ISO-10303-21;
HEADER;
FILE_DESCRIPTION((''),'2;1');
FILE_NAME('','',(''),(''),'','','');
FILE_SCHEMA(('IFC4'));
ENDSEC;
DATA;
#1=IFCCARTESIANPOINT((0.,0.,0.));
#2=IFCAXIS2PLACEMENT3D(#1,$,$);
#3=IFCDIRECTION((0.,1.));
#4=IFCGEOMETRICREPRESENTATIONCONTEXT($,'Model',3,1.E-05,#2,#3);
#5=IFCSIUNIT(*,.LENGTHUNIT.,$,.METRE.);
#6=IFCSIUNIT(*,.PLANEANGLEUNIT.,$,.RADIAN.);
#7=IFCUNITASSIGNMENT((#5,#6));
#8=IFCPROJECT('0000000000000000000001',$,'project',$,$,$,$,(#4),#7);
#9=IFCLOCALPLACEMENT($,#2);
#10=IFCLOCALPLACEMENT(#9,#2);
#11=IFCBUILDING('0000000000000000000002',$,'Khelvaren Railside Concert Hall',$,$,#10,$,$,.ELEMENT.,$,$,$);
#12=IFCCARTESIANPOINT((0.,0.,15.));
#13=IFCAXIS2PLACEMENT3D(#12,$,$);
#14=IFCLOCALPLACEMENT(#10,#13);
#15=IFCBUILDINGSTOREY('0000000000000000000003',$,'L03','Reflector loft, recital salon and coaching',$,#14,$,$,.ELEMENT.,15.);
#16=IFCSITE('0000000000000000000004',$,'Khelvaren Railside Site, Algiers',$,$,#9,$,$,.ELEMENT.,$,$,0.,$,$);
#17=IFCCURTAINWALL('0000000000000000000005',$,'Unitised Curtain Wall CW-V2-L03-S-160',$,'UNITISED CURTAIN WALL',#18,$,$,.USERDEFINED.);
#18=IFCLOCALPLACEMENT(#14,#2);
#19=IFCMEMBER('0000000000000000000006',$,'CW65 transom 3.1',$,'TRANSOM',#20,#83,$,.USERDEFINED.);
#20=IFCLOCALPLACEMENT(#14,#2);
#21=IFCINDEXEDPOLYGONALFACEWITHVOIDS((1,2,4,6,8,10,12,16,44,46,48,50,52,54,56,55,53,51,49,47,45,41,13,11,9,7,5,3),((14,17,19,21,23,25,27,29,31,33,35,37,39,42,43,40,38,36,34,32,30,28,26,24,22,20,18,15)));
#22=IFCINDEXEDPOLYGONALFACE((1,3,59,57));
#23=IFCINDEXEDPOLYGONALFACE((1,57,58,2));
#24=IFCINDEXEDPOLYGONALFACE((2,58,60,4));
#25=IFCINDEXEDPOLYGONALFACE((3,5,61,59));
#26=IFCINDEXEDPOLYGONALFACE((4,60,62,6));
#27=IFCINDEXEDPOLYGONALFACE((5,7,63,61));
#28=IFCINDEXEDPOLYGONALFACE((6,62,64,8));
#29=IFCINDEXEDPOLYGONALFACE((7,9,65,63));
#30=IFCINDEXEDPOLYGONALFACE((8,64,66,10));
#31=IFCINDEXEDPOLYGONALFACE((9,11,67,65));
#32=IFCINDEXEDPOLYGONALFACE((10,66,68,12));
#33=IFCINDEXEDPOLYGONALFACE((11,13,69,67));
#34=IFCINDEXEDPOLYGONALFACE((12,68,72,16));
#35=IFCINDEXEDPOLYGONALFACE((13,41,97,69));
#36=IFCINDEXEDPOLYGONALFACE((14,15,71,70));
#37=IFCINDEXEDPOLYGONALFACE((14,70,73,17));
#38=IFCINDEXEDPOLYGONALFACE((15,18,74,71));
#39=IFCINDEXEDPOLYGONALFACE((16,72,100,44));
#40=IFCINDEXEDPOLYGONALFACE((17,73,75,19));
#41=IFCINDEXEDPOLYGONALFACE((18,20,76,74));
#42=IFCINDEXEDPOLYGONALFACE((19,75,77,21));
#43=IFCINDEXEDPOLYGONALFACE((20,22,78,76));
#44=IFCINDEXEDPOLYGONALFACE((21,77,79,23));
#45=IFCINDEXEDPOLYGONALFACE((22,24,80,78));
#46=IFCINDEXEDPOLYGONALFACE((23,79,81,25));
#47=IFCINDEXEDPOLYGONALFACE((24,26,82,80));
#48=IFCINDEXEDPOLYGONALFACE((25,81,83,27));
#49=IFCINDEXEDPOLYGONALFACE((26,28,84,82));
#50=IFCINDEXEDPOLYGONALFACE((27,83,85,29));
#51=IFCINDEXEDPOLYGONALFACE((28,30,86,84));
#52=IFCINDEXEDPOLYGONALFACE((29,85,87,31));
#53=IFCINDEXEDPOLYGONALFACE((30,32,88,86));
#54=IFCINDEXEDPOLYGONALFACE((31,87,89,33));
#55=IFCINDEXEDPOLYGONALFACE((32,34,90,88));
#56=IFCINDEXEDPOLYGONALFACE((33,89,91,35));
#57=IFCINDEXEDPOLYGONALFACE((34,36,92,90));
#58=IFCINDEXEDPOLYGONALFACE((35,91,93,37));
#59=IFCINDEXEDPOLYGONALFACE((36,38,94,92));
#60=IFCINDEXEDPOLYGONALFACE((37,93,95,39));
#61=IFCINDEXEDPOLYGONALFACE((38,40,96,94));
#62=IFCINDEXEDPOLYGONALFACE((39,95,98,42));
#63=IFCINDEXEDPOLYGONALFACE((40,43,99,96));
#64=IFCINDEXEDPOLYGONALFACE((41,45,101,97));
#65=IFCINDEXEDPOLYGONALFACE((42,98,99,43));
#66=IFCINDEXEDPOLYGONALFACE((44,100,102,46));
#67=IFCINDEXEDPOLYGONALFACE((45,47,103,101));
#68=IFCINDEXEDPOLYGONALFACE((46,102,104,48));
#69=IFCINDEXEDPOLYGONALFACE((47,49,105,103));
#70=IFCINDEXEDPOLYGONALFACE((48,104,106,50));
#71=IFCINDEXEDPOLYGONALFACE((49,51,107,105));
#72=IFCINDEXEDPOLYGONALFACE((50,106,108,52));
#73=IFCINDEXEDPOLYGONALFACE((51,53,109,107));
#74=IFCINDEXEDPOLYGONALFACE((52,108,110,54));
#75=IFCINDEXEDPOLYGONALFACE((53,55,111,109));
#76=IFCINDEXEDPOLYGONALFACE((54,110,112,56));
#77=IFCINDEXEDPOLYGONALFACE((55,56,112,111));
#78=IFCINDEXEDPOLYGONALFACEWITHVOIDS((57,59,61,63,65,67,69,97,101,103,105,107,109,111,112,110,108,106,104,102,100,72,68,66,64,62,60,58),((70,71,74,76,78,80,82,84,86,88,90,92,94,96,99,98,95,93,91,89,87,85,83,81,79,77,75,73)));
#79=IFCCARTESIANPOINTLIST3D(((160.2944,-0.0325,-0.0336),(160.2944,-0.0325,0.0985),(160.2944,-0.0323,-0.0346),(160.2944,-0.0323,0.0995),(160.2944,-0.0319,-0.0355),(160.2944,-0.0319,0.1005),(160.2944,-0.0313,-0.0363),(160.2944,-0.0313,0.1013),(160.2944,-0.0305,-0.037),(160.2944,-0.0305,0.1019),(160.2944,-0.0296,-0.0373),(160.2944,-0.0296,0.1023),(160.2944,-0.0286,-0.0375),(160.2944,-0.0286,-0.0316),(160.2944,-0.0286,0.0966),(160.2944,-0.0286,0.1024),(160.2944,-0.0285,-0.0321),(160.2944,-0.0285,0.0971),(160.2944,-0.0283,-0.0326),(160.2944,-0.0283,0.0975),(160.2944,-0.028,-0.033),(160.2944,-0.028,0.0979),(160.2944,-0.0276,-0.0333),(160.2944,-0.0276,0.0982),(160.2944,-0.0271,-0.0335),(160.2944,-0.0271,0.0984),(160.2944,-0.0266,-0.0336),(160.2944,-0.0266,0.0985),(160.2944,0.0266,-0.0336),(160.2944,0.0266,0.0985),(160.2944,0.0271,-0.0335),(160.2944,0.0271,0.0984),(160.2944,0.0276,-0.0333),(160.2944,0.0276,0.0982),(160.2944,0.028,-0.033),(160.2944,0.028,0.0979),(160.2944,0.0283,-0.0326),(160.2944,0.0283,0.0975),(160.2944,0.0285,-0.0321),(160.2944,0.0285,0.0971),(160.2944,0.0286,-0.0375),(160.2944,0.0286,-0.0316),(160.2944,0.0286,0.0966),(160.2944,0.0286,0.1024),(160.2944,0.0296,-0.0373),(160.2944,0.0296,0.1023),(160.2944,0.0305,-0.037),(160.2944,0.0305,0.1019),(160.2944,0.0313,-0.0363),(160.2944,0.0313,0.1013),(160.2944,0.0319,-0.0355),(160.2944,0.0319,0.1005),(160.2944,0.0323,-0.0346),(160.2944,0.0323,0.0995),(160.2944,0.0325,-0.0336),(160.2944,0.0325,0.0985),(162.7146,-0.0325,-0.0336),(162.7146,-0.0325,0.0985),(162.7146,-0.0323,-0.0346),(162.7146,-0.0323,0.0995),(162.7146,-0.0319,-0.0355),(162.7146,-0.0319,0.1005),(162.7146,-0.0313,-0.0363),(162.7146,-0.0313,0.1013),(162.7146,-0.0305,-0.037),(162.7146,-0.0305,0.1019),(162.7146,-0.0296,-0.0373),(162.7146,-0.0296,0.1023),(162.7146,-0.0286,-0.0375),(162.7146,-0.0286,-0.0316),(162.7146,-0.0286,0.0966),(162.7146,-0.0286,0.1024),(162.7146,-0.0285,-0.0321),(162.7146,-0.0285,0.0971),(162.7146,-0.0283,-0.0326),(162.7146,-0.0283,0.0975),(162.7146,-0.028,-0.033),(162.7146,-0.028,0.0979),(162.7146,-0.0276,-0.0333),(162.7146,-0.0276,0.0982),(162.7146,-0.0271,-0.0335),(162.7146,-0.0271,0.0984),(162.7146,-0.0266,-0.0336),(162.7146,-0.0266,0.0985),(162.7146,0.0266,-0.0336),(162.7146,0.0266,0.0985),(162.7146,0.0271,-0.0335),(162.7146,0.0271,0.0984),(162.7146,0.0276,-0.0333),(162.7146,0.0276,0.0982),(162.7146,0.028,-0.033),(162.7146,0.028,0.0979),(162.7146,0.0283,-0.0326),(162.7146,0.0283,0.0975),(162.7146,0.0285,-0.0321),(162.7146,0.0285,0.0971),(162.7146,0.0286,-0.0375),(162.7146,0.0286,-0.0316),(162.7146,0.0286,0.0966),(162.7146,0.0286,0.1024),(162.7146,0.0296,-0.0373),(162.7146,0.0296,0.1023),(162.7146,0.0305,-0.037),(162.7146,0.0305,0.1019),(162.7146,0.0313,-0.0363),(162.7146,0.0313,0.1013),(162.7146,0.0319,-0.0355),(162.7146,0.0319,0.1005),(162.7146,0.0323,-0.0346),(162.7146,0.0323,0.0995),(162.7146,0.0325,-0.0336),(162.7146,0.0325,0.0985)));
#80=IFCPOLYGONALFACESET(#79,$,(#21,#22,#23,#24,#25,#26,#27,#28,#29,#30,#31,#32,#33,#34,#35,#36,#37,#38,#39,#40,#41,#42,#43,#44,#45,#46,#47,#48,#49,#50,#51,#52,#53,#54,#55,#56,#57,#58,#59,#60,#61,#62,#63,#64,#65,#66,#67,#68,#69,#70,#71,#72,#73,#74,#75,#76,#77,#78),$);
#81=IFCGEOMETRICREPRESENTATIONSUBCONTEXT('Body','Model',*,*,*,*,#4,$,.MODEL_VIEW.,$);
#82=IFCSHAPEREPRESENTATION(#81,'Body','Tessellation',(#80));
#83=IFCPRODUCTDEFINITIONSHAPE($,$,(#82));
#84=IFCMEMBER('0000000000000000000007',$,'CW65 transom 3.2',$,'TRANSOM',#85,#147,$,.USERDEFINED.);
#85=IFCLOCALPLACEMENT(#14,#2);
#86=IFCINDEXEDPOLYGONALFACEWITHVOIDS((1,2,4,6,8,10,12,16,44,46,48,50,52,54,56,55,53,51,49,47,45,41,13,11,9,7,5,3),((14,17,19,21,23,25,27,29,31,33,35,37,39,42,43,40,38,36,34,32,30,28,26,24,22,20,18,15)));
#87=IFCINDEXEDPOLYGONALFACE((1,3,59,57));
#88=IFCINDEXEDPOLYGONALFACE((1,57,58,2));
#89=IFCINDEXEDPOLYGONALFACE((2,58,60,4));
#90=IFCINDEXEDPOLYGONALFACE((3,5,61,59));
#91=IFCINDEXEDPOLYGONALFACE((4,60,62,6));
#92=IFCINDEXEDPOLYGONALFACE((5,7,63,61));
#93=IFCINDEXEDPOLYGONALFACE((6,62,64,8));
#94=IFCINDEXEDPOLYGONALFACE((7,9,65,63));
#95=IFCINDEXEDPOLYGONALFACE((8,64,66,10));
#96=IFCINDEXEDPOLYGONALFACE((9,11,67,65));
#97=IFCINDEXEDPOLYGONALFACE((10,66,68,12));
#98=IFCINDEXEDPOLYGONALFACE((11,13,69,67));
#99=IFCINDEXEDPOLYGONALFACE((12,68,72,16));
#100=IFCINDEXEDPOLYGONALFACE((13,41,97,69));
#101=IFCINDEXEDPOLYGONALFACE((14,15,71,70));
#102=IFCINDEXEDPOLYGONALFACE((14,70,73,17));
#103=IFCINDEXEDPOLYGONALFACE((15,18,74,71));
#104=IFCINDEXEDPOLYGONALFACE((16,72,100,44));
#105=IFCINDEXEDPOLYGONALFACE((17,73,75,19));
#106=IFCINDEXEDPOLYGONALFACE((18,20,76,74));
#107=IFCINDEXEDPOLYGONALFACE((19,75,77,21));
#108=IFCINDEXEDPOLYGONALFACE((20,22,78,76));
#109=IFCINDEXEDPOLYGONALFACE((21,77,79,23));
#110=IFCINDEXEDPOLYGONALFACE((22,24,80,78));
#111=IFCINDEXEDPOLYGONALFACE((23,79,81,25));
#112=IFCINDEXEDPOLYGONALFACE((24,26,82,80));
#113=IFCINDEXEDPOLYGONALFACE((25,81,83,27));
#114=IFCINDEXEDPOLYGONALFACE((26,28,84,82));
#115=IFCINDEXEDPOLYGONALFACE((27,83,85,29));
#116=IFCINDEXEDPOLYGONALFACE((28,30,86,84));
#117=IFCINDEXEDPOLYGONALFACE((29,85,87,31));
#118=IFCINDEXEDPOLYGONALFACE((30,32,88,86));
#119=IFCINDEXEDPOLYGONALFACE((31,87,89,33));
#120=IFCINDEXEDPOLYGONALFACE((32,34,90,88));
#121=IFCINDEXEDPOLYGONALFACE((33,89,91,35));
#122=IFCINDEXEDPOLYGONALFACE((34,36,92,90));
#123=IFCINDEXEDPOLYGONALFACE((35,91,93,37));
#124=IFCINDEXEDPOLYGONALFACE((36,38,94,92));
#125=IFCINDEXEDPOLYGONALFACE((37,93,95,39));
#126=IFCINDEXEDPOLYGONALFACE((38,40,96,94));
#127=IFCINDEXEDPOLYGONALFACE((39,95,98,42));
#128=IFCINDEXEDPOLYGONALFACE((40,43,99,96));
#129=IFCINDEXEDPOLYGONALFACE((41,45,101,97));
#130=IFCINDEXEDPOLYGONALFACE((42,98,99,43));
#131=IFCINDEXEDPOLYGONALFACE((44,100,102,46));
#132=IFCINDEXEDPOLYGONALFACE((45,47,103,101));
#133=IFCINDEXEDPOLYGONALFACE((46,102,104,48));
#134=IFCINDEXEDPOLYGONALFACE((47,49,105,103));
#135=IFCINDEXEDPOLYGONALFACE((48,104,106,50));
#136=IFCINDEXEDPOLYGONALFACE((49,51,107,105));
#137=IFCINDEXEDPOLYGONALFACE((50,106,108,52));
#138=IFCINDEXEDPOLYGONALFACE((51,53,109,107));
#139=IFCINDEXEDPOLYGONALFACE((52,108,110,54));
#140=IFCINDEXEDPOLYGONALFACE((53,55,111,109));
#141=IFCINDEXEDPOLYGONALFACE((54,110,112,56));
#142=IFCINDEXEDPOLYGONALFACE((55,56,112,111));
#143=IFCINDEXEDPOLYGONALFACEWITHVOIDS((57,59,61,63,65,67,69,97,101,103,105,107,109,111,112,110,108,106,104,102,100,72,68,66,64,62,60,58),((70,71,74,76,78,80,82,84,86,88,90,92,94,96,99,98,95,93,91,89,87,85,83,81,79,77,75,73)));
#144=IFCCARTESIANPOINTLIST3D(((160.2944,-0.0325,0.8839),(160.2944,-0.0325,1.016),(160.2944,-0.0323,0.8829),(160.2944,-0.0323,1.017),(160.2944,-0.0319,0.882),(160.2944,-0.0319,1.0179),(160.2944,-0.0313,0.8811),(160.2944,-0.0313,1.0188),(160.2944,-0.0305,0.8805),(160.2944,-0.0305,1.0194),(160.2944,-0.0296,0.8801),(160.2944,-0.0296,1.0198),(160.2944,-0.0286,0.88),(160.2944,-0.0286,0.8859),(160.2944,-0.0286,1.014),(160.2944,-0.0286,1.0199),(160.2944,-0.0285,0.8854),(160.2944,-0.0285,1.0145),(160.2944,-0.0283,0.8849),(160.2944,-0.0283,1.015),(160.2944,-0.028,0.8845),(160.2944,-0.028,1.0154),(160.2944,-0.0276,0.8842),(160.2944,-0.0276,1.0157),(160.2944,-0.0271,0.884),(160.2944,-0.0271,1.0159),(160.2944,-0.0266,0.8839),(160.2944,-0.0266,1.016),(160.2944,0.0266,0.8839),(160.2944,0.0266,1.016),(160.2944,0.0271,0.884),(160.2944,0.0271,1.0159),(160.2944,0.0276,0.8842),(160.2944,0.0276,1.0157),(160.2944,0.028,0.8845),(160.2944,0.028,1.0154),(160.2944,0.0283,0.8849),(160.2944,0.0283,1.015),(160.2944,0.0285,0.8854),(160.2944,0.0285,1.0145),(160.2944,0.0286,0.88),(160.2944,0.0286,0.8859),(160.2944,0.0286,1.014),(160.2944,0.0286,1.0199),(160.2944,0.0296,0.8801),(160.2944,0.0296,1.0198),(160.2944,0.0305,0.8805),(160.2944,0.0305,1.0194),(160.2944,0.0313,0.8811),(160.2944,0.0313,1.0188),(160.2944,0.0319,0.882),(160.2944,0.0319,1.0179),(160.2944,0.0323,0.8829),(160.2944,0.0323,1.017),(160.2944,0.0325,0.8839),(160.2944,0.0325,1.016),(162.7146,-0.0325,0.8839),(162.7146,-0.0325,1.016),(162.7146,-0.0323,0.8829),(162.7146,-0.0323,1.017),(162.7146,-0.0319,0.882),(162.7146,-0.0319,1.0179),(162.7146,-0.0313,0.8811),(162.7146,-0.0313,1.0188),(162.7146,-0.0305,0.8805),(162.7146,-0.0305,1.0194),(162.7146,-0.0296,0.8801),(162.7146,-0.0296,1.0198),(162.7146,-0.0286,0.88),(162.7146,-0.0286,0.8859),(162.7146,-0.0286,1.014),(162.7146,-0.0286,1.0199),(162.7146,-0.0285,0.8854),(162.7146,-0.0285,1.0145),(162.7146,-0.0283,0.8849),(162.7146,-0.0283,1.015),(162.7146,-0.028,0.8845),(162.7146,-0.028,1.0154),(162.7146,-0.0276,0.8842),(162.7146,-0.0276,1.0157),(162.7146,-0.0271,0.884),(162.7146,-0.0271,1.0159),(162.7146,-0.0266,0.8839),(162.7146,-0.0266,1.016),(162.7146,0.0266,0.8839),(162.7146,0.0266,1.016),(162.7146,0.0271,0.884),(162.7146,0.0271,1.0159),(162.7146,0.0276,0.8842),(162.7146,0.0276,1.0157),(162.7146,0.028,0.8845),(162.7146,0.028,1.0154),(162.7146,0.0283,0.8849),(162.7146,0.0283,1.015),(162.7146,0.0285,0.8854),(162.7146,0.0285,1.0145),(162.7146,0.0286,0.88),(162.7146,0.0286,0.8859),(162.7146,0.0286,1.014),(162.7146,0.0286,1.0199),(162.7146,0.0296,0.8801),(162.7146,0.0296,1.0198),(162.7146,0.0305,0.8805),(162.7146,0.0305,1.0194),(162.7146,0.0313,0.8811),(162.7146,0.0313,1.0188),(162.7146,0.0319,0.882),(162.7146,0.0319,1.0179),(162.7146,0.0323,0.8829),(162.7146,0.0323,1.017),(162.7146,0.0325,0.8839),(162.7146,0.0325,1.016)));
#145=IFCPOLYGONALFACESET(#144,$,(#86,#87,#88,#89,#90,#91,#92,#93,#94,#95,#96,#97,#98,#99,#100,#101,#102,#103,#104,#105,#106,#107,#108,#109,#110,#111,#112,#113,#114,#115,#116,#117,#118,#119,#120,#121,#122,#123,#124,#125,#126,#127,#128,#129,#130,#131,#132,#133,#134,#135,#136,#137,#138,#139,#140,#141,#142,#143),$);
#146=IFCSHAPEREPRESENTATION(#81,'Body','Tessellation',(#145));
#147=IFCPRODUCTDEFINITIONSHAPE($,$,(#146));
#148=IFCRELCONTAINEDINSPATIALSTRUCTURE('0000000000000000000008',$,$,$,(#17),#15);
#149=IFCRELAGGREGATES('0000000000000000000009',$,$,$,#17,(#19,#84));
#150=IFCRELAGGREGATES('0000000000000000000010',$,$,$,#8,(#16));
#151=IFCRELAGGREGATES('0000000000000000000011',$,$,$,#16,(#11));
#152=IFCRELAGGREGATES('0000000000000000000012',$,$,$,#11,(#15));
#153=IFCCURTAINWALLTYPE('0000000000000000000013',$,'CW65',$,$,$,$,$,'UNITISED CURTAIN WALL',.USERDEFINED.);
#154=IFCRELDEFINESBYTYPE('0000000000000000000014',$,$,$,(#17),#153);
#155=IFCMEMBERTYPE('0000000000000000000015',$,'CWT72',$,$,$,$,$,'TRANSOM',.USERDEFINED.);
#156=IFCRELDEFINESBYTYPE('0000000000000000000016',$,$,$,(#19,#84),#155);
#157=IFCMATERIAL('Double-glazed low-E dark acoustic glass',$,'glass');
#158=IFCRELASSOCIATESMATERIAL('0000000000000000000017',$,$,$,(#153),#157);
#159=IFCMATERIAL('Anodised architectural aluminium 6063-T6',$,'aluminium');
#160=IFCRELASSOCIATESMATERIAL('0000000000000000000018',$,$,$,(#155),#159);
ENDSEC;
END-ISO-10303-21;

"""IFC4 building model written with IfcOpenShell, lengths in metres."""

from ifc_helpers import new_model, si_unit, direction, frame, origin, origin_2d, place, context, subcontext, project, spatial, hollow_rectangle, extrude, material, material_profile, profile_set, type_object, element, aggregate, save


model = new_model("IFC4")

# Units and contexts
model_context = context("Model", 3, precision=1e-05, world=origin(), true_north=direction((0.0, 1.0)))
body_context = subcontext(model_context, "Body", "Model", "MODEL_VIEW")
ifc_project = project(units=[si_unit("LENGTHUNIT", "METRE"), si_unit("PLANEANGLEUNIT", "RADIAN")], contexts=[model_context])

# Site, building, storey
site_placement = place(None, origin())
site = spatial("IfcSite", under=ifc_project, at=site_placement, Name="Khelvaren Railside Site, Algiers", CompositionType="ELEMENT", RefElevation=0.0)
building_placement = place(site_placement, origin())
building = spatial("IfcBuilding", under=site, at=building_placement, Name="Khelvaren Railside Concert Hall", CompositionType="ELEMENT")
storey_placement = place(building_placement, frame((0.0, 0.0, 15.0)))
storey = spatial("IfcBuildingStorey", under=building, at=storey_placement, Name="L03", Description="Reflector loft, recital salon and coaching", CompositionType="ELEMENT", Elevation=15.0)

# Curtain wall, members
ifc_material_1 = material(Name="Double-glazed low-E dark acoustic glass", Category="glass")
curtain_wall_type = type_object("IfcCurtainWallType", Name="CW65", ElementType="UNITISED CURTAIN WALL", PredefinedType="USERDEFINED", material=ifc_material_1)
curtain_wall_placement = place(storey_placement, origin())
curtain_wall = element("IfcCurtainWall", 1, at=curtain_wall_placement, inside=storey, type_object=curtain_wall_type, Name="Unitised Curtain Wall CW-V2-L03-S-160", ObjectType="UNITISED CURTAIN WALL", PredefinedType="USERDEFINED")
ifc_material_2 = material(Name="Anodised architectural aluminium 6063-T6", Category="aluminium")
ifc_material_profile_1 = material_profile(ifc_material_2, hollow_rectangle(XDim=0.0649, YDim=0.1399, WallThickness=0.0039, InnerFilletRadius=0.002, OuterFilletRadius=0.0039, at=origin_2d()), Name="CWT 65x140x4")
ifc_profile_set_1 = profile_set([ifc_material_profile_1], Name="Anodised architectural aluminium 6063-T6")
member_type_1 = type_object("IfcMemberType", Name="CWT72", ElementType="TRANSOM", PredefinedType="USERDEFINED", material=ifc_profile_set_1)
member_1_placement = place(storey_placement, frame((162.7146, 0.0, 0.0325), z_axis=(-1.0, 0.0, 0.0), x_axis=(0.0, -1.0, 0.0)))
member_1 = element("IfcMember", 2, at=member_1_placement, type_object=member_type_1, Name="CW65 transom 3.1", ObjectType="TRANSOM", PredefinedType="USERDEFINED", context=body_context, shape_type="SweptSolid", body=[
    extrude(hollow_rectangle(XDim=0.0649, YDim=0.1399, WallThickness=0.0039, InnerFilletRadius=0.002, OuterFilletRadius=0.0039, at=origin_2d()), origin(), (0.0, 0.0, 1.0), 2.4202),
])
member_2_placement = place(storey_placement, frame((162.7146, 0.0, 0.95), z_axis=(-1.0, 0.0, 0.0), x_axis=(0.0, -1.0, 0.0)))
member_2 = element("IfcMember", 3, at=member_2_placement, type_object=member_type_1, Name="CW65 transom 3.2", ObjectType="TRANSOM", PredefinedType="USERDEFINED", context=body_context, shape_type="SweptSolid", body=[
    extrude(hollow_rectangle(XDim=0.0649, YDim=0.1399, WallThickness=0.0039, InnerFilletRadius=0.002, OuterFilletRadius=0.0039, at=origin_2d()), origin(), (0.0, 0.0, 1.0), 2.4202),
])

aggregate(curtain_wall, [member_1, member_2])

save(model, "model.ifc")
